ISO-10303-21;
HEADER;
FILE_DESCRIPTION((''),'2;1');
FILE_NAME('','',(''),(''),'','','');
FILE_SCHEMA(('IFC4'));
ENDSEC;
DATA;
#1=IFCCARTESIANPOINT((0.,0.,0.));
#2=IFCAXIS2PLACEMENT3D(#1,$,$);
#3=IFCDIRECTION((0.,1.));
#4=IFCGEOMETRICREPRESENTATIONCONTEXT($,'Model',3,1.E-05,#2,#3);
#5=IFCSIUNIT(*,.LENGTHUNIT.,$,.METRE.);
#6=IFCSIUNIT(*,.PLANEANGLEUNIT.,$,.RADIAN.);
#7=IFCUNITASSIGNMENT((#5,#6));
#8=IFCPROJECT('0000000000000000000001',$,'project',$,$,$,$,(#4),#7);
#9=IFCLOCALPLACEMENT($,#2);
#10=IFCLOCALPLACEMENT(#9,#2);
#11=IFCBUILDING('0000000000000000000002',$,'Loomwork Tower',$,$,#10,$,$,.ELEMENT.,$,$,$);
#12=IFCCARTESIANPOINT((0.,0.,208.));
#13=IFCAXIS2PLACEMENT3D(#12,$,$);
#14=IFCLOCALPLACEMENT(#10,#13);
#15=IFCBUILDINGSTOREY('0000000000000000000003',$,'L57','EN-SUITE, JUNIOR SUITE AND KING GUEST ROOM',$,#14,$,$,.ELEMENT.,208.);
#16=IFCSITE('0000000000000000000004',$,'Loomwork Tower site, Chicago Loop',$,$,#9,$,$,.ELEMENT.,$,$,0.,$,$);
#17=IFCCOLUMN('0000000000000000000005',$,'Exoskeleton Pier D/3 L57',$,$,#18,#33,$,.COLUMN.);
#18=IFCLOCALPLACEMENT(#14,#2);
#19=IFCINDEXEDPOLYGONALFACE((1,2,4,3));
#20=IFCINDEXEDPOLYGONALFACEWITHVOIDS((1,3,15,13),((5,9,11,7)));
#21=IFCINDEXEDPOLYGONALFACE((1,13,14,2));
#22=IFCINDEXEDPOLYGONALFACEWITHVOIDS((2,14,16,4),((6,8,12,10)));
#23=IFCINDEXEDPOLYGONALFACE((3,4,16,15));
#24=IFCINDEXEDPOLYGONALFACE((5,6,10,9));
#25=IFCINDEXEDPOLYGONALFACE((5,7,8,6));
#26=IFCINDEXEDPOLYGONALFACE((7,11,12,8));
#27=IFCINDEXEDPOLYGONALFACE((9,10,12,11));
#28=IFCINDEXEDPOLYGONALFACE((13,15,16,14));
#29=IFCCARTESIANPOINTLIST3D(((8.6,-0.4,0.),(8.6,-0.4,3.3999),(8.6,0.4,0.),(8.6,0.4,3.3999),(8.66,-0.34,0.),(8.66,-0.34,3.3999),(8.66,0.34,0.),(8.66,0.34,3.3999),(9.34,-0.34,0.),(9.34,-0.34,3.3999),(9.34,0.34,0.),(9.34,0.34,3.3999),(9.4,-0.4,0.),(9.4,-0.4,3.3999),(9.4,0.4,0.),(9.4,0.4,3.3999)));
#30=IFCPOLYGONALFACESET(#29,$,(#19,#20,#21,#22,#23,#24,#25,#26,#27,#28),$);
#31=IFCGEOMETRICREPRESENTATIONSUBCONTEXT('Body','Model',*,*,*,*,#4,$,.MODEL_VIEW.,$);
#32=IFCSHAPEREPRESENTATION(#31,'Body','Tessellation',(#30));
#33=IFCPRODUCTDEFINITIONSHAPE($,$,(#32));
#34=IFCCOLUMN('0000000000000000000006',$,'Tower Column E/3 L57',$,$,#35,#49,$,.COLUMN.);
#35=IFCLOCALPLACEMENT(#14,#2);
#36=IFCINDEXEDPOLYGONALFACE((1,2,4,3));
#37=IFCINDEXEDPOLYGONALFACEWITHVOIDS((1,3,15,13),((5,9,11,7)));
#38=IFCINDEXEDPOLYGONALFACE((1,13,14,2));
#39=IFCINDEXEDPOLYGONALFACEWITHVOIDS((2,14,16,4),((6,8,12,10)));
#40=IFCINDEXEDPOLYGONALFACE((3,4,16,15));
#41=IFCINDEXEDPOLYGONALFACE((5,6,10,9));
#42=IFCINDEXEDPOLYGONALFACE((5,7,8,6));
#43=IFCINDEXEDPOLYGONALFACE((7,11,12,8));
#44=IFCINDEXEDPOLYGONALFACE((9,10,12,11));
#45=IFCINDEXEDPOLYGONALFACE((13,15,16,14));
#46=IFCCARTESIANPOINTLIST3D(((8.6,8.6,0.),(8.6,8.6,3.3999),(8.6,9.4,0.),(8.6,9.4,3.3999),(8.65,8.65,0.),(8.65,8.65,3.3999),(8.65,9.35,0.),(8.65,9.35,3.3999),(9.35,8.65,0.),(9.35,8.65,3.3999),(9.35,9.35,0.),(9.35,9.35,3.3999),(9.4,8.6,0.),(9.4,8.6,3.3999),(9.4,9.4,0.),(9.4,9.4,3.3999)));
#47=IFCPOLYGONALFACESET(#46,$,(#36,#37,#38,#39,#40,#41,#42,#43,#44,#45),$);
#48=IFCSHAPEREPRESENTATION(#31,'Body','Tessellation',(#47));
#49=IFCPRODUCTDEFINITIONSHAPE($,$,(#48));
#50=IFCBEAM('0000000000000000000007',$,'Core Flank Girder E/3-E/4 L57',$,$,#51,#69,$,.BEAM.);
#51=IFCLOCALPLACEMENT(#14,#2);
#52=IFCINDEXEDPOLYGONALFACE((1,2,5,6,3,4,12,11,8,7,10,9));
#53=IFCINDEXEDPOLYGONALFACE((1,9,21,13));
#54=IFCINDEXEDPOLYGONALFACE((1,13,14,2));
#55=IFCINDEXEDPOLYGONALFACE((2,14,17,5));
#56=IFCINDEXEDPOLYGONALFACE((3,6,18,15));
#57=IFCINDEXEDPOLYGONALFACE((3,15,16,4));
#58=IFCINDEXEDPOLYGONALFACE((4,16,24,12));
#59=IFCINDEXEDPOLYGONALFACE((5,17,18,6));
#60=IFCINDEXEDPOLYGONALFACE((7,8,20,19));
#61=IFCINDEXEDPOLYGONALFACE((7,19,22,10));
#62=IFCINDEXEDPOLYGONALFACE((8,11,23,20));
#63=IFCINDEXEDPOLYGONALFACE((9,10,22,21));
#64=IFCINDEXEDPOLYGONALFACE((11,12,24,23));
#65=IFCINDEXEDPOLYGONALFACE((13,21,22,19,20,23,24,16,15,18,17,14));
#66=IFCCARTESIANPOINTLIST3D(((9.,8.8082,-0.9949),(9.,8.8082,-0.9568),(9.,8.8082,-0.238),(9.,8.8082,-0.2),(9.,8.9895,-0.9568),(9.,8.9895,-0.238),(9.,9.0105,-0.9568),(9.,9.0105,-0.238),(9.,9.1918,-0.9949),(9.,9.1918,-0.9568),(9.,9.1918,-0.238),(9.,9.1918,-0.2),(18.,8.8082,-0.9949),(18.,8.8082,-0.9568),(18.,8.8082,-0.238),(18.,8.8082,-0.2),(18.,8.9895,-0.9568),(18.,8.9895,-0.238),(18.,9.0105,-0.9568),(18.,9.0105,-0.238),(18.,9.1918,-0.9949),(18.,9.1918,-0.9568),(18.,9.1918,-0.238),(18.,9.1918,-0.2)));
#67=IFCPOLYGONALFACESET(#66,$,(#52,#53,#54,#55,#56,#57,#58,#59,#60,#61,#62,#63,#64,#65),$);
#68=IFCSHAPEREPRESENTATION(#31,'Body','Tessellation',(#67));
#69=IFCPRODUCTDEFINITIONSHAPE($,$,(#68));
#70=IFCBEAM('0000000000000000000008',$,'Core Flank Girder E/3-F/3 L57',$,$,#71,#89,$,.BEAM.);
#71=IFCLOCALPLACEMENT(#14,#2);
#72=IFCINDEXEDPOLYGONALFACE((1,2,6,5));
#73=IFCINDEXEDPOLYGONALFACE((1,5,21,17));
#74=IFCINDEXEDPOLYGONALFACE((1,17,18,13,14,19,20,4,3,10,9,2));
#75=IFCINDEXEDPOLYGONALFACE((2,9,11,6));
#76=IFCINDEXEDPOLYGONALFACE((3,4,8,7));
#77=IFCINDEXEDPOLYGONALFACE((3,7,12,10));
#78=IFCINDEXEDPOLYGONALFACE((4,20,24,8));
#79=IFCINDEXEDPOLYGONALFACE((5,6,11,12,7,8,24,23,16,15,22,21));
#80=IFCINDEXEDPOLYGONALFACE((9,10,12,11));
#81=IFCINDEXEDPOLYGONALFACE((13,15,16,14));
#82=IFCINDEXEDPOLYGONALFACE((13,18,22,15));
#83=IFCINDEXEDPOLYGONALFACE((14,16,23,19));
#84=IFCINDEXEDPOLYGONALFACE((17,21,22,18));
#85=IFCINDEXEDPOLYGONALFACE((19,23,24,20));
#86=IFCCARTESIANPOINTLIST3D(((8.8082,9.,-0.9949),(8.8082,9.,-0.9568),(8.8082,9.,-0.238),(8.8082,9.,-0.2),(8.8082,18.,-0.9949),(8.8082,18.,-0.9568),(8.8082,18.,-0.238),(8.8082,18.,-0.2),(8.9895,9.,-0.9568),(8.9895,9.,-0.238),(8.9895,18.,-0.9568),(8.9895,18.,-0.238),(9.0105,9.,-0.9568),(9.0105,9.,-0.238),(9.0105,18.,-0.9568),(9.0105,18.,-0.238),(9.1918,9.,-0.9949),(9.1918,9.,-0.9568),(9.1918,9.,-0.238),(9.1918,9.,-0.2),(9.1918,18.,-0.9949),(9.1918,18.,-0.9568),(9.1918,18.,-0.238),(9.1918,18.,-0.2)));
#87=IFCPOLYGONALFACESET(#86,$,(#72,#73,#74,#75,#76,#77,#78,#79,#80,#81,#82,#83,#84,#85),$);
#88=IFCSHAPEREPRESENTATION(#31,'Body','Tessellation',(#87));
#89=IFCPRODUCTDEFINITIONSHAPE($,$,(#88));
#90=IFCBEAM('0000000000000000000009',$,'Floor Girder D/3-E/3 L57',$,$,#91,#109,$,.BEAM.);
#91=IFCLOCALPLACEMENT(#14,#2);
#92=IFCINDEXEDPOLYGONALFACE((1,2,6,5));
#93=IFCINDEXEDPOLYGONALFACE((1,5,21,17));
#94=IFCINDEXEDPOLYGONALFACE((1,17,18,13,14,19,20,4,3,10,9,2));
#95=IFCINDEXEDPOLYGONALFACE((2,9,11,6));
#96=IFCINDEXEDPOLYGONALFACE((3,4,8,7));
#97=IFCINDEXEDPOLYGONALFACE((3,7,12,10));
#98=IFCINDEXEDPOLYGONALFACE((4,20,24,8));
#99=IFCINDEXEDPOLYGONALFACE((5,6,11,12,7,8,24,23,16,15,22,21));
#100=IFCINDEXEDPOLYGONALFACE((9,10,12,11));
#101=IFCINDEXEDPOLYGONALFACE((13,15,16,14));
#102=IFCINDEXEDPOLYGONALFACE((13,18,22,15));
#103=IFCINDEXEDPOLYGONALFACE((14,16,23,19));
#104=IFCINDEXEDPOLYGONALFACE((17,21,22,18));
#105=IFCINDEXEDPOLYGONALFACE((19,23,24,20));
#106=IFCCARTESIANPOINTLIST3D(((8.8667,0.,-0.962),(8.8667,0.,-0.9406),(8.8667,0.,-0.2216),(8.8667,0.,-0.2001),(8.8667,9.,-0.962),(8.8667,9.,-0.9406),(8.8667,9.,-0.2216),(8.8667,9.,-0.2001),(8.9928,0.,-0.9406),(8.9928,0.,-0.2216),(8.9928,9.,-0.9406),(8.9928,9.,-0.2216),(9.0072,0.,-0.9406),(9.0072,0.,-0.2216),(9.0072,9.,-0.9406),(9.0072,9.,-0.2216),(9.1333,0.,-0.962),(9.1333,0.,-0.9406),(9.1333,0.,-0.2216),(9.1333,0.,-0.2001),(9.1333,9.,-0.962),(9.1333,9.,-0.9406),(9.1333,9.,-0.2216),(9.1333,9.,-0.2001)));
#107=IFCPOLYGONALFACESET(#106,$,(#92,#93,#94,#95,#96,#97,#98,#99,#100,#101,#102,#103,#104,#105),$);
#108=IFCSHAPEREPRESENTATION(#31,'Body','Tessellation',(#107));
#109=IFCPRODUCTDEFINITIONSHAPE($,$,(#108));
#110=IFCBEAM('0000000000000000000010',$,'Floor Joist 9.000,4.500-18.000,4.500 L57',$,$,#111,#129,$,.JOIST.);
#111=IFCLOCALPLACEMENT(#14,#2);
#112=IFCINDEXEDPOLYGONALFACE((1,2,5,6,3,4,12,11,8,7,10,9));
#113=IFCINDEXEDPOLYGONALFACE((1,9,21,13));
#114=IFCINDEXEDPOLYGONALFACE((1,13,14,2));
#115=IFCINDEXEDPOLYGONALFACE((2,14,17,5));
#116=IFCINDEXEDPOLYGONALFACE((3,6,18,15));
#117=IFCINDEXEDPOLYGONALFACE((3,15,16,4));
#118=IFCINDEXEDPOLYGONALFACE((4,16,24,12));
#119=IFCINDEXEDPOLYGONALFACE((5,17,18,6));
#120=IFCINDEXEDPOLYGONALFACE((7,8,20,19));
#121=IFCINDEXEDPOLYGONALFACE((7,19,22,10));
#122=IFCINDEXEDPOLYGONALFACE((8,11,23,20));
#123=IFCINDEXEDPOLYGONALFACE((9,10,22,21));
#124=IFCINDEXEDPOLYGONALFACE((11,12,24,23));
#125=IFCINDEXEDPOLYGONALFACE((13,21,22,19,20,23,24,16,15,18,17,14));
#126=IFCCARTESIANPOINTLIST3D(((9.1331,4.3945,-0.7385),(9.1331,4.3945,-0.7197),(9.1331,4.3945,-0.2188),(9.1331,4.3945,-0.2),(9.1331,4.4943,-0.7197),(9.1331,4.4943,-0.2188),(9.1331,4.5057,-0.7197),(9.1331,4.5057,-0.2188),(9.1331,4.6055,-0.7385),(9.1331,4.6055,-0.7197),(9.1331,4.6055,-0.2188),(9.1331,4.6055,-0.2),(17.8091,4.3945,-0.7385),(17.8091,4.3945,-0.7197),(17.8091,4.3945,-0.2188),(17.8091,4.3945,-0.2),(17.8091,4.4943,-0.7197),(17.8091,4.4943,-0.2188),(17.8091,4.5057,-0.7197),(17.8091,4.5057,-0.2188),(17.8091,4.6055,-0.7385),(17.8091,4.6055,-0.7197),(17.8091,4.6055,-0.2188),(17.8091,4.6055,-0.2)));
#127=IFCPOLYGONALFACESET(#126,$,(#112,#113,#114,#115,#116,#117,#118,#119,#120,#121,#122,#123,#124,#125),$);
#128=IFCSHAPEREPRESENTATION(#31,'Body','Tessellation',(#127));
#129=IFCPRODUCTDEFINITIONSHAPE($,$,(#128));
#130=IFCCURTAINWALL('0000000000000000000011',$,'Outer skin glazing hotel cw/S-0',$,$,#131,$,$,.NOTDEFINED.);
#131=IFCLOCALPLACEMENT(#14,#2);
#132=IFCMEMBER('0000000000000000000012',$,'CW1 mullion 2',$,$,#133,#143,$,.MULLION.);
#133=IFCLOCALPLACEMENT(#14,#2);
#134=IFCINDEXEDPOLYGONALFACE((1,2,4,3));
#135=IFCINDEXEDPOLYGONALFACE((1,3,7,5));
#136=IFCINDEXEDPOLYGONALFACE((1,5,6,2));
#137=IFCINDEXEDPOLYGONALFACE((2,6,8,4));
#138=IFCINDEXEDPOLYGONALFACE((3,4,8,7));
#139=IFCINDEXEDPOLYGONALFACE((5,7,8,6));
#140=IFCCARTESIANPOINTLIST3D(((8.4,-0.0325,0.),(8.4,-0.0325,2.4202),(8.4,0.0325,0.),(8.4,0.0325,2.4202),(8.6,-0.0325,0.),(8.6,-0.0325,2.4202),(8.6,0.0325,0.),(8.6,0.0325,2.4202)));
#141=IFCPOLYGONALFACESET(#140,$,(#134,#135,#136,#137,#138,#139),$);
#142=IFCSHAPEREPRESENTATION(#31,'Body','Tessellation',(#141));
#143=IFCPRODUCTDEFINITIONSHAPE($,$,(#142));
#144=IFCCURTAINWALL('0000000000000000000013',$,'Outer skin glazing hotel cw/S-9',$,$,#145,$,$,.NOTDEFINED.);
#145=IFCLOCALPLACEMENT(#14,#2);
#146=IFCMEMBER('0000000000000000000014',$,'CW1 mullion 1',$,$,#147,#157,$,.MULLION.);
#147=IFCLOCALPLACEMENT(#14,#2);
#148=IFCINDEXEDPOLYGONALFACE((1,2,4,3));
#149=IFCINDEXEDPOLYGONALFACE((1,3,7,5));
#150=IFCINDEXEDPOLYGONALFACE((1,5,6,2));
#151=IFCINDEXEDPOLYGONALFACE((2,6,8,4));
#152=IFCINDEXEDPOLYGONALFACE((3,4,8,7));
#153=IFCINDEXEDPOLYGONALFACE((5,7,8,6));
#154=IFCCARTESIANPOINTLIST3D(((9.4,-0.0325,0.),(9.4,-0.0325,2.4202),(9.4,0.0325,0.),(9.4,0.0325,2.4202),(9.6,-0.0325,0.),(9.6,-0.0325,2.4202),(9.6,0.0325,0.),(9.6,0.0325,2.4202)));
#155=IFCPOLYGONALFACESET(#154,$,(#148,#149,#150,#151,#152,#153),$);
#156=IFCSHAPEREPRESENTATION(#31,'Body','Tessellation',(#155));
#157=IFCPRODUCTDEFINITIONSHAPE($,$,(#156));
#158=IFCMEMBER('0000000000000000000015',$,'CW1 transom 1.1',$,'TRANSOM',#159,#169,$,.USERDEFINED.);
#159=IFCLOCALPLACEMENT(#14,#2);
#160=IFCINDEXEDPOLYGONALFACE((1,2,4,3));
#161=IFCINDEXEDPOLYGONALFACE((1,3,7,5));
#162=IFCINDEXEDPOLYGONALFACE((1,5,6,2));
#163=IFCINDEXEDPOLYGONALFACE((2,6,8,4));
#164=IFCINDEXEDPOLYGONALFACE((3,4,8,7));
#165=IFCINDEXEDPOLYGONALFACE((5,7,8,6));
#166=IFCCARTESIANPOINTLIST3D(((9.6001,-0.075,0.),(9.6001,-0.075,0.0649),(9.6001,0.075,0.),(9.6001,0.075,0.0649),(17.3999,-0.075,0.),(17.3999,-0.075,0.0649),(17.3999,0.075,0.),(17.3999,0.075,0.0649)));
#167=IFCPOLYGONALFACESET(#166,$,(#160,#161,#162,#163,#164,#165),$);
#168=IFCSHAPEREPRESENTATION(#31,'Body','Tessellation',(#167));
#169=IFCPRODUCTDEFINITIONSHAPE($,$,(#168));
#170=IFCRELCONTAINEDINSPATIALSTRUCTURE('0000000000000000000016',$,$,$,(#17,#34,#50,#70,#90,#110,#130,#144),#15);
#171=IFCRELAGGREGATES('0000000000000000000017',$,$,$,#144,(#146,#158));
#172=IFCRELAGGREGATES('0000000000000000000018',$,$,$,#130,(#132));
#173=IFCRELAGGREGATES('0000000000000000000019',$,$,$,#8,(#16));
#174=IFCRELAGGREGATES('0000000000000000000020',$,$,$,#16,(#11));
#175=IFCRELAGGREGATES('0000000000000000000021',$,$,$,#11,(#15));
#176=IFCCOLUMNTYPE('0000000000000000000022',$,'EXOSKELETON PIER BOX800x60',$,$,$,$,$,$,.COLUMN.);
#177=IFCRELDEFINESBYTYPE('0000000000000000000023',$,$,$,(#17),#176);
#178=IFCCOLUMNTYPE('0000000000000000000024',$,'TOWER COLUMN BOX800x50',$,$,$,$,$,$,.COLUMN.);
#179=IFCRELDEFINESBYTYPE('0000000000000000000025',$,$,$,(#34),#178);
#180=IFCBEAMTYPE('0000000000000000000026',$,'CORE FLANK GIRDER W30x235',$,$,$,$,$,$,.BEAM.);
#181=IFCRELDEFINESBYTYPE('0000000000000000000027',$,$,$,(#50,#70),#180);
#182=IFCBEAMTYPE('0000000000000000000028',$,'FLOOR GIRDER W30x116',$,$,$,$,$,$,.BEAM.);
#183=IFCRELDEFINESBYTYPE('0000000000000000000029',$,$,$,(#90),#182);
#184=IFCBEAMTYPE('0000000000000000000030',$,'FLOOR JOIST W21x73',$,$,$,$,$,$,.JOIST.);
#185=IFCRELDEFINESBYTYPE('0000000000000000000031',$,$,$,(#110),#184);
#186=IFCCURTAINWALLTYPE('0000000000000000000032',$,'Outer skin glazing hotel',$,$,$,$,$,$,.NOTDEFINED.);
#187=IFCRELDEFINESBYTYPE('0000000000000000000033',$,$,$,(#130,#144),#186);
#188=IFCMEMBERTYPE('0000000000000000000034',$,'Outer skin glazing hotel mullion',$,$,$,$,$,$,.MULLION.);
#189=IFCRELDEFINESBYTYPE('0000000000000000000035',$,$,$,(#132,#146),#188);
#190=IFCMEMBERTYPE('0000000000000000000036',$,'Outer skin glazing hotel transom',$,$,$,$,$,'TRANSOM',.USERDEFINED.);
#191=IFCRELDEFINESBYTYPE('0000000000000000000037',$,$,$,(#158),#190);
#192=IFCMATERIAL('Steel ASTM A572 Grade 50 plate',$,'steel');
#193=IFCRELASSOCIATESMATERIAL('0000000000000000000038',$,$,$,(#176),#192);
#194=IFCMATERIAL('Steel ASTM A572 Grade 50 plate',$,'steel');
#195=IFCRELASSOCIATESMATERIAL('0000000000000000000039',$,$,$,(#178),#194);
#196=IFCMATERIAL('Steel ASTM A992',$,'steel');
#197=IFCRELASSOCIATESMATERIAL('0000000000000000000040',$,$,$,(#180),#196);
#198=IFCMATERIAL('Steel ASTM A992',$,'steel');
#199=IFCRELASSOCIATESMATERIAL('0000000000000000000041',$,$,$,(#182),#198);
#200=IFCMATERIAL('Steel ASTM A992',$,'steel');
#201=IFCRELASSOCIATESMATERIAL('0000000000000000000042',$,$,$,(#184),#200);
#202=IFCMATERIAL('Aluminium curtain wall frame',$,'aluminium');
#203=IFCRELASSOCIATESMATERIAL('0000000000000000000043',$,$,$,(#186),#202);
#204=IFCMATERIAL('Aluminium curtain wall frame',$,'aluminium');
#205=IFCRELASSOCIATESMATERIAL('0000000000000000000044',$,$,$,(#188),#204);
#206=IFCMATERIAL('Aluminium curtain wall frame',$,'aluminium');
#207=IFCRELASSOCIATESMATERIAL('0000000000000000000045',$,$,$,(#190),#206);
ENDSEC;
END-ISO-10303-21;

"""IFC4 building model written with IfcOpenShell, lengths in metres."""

from ifc_helpers import new_model, si_unit, direction, frame, origin, origin_2d, place, context, subcontext, project, spatial, rectangle, hollow_rectangle, i_section, extrude, material, material_profile, profile_set, type_object, element, aggregate, save


model = new_model("IFC4")

# Units and contexts
model_context = context("Model", 3, precision=1e-05, world=origin(), true_north=direction((0.0, 1.0)))
body_context = subcontext(model_context, "Body", "Model", "MODEL_VIEW")
ifc_project = project(units=[si_unit("LENGTHUNIT", "METRE"), si_unit("PLANEANGLEUNIT", "RADIAN")], contexts=[model_context])

# Site, building, storey
site_placement = place(None, origin())
site = spatial("IfcSite", under=ifc_project, at=site_placement, Name="Loomwork Tower site, Chicago Loop", CompositionType="ELEMENT", RefElevation=0.0)
building_placement = place(site_placement, origin())
building = spatial("IfcBuilding", under=site, at=building_placement, Name="Loomwork Tower", CompositionType="ELEMENT")
storey_placement = place(building_placement, frame((0.0, 0.0, 208.0)))
storey = spatial("IfcBuildingStorey", under=building, at=storey_placement, Name="L57", Description="EN-SUITE, JUNIOR SUITE AND KING GUEST ROOM", CompositionType="ELEMENT", Elevation=208.0)

# Columns
ifc_material_1 = material(Name="Steel ASTM A572 Grade 50 plate", Category="steel")
ifc_material_profile_1 = material_profile(ifc_material_1, hollow_rectangle(XDim=0.8, YDim=0.8, WallThickness=0.0601, at=origin_2d()), Name="BOX800x60")
ifc_profile_set_1 = profile_set([ifc_material_profile_1], Name="Steel ASTM A572 Grade 50 plate")
column_type_1 = type_object("IfcColumnType", Name="EXOSKELETON PIER BOX800x60", PredefinedType="COLUMN", material=ifc_profile_set_1)
column_1_placement = place(storey_placement, frame((9.0, 0.0, 0.0), z_axis=(0.0, 0.0, 1.0), x_axis=(1.0, 0.0, 0.0)))
element("IfcColumn", 1, at=column_1_placement, inside=storey, type_object=column_type_1, Name="Exoskeleton Pier D/3 L57", PredefinedType="COLUMN", context=body_context, shape_type="SweptSolid", body=[
    extrude(hollow_rectangle(XDim=0.8, YDim=0.8, WallThickness=0.0601, at=origin_2d()), origin(), (0.0, 0.0, 1.0), 3.3999),
])
ifc_material_2 = material(Name="Steel ASTM A572 Grade 50 plate", Category="steel")
ifc_material_profile_2 = material_profile(ifc_material_2, hollow_rectangle(XDim=0.8, YDim=0.8, WallThickness=0.05, at=origin_2d()), Name="BOX800x50")
ifc_profile_set_2 = profile_set([ifc_material_profile_2], Name="Steel ASTM A572 Grade 50 plate")
column_type_2 = type_object("IfcColumnType", Name="TOWER COLUMN BOX800x50", PredefinedType="COLUMN", material=ifc_profile_set_2)
column_2_placement = place(storey_placement, frame((9.0, 9.0, 0.0), z_axis=(0.0, 0.0, 1.0), x_axis=(1.0, 0.0, 0.0)))
element("IfcColumn", 2, at=column_2_placement, inside=storey, type_object=column_type_2, Name="Tower Column E/3 L57", PredefinedType="COLUMN", context=body_context, shape_type="SweptSolid", body=[
    extrude(hollow_rectangle(XDim=0.8, YDim=0.8, WallThickness=0.05, at=origin_2d()), origin(), (0.0, 0.0, 1.0), 3.3999),
])

# Beams
ifc_material_3 = material(Name="Steel ASTM A992", Category="steel")
ifc_material_profile_3 = material_profile(ifc_material_3, i_section(OverallWidth=0.3835, OverallDepth=0.7949, WebThickness=0.021, FlangeThickness=0.0381, at=origin_2d()), Name="W30x235")
ifc_profile_set_3 = profile_set([ifc_material_profile_3], Name="Steel ASTM A992")
beam_type_1 = type_object("IfcBeamType", Name="CORE FLANK GIRDER W30x235", PredefinedType="BEAM", material=ifc_profile_set_3)
for number, where, z_axis, x_axis, name in (
    (3, (9.0, 9.0, -0.5974), (1.0, 0.0, 0.0), (0.0, 1.0, 0.0), "Core Flank Girder E/3-E/4 L57"),
    (4, (9.0, 9.0, -0.5974), (0.0, 1.0, 0.0), (-1.0, 0.0, 0.0), "Core Flank Girder E/3-F/3 L57"),
):
    element("IfcBeam", number, at=place(storey_placement, frame(where, z_axis=z_axis, x_axis=x_axis)), inside=storey, type_object=beam_type_1, Name=name, PredefinedType="BEAM", context=body_context, shape_type="SweptSolid", body=[
        extrude(i_section(OverallWidth=0.3835, OverallDepth=0.7949, WebThickness=0.021, FlangeThickness=0.0381, at=origin_2d()), origin(), (0.0, 0.0, 1.0), 9.0),
    ])
ifc_material_4 = material(Name="Steel ASTM A992", Category="steel")
ifc_material_profile_4 = material_profile(ifc_material_4, i_section(OverallWidth=0.2666, OverallDepth=0.762, WebThickness=0.0144, FlangeThickness=0.0215, at=origin_2d()), Name="W30x116")
ifc_profile_set_4 = profile_set([ifc_material_profile_4], Name="Steel ASTM A992")
beam_type_2 = type_object("IfcBeamType", Name="FLOOR GIRDER W30x116", PredefinedType="BEAM", material=ifc_profile_set_4)
beam_1_placement = place(storey_placement, frame((9.0, 0.0, -0.5811), z_axis=(0.0, 1.0, 0.0), x_axis=(-1.0, 0.0, 0.0)))
element("IfcBeam", 5, at=beam_1_placement, inside=storey, type_object=beam_type_2, Name="Floor Girder D/3-E/3 L57", PredefinedType="BEAM", context=body_context, shape_type="SweptSolid", body=[
    extrude(i_section(OverallWidth=0.2666, OverallDepth=0.762, WebThickness=0.0144, FlangeThickness=0.0215, at=origin_2d()), origin(), (0.0, 0.0, 1.0), 9.0),
])
ifc_material_5 = material(Name="Steel ASTM A992", Category="steel")
ifc_material_profile_5 = material_profile(ifc_material_5, i_section(OverallWidth=0.2109, OverallDepth=0.5386, WebThickness=0.0115, FlangeThickness=0.0188, at=origin_2d()), Name="W21x73")
ifc_profile_set_5 = profile_set([ifc_material_profile_5], Name="Steel ASTM A992")
beam_type_3 = type_object("IfcBeamType", Name="FLOOR JOIST W21x73", PredefinedType="JOIST", material=ifc_profile_set_5)
beam_2_placement = place(storey_placement, frame((9.1331, 4.5, -0.4692), z_axis=(1.0, 0.0, 0.0), x_axis=(0.0, 1.0, 0.0)))
element("IfcBeam", 6, at=beam_2_placement, inside=storey, type_object=beam_type_3, Name="Floor Joist 9.000,4.500-18.000,4.500 L57", PredefinedType="JOIST", context=body_context, shape_type="SweptSolid", body=[
    extrude(i_section(OverallWidth=0.2109, OverallDepth=0.5386, WebThickness=0.0115, FlangeThickness=0.0188, at=origin_2d()), origin(), (0.0, 0.0, 1.0), 8.676),
])

# Curtain wall, member
ifc_material_6 = material(Name="Aluminium curtain wall frame", Category="aluminium")
curtain_wall_type = type_object("IfcCurtainWallType", Name="Outer skin glazing hotel", PredefinedType="NOTDEFINED", material=ifc_material_6)
curtain_wall_1_placement = place(storey_placement, origin())
curtain_wall_1 = element("IfcCurtainWall", 7, at=curtain_wall_1_placement, inside=storey, type_object=curtain_wall_type, Name="Outer skin glazing hotel cw/S-0", PredefinedType="NOTDEFINED")
ifc_material_7 = material(Name="Aluminium curtain wall frame", Category="aluminium")
ifc_material_profile_6 = material_profile(ifc_material_7, rectangle(XDim=0.0649, YDim=0.2, at=origin_2d()), Name="AL 65x200")
ifc_profile_set_6 = profile_set([ifc_material_profile_6], Name="Aluminium curtain wall frame")
member_type_1 = type_object("IfcMemberType", Name="Outer skin glazing hotel mullion", PredefinedType="MULLION", material=ifc_profile_set_6)
member_1_placement = place(storey_placement, frame((8.5, 0.0, 0.0), z_axis=(0.0, 0.0, 1.0), x_axis=(0.0, 1.0, 0.0)))
member_1 = element("IfcMember", 8, at=member_1_placement, type_object=member_type_1, Name="CW1 mullion 2", PredefinedType="MULLION", context=body_context, shape_type="SweptSolid", body=[
    extrude(rectangle(XDim=0.0649, YDim=0.2, at=origin_2d()), origin(), (0.0, 0.0, 1.0), 2.4202),
])

# Curtain wall, members
curtain_wall_2_placement = place(storey_placement, origin())
curtain_wall_2 = element("IfcCurtainWall", 9, at=curtain_wall_2_placement, inside=storey, type_object=curtain_wall_type, Name="Outer skin glazing hotel cw/S-9", PredefinedType="NOTDEFINED")
member_2_placement = place(storey_placement, frame((9.5, 0.0, 0.0), z_axis=(0.0, 0.0, 1.0), x_axis=(0.0, 1.0, 0.0)))
member_2 = element("IfcMember", 10, at=member_2_placement, type_object=member_type_1, Name="CW1 mullion 1", PredefinedType="MULLION", context=body_context, shape_type="SweptSolid", body=[
    extrude(rectangle(XDim=0.0649, YDim=0.2, at=origin_2d()), origin(), (0.0, 0.0, 1.0), 2.4202),
])
ifc_material_8 = material(Name="Aluminium curtain wall frame", Category="aluminium")
ifc_material_profile_7 = material_profile(ifc_material_8, rectangle(XDim=0.1499, YDim=0.0649, at=origin_2d()), Name="AL 65x150")
ifc_profile_set_7 = profile_set([ifc_material_profile_7], Name="Aluminium curtain wall frame")
member_type_2 = type_object("IfcMemberType", Name="Outer skin glazing hotel transom", ElementType="TRANSOM", PredefinedType="USERDEFINED", material=ifc_profile_set_7)
member_3_placement = place(storey_placement, frame((9.6001, 0.0, 0.0325), z_axis=(1.0, 0.0, 0.0), x_axis=(0.0, 1.0, 0.0)))
member_3 = element("IfcMember", 11, at=member_3_placement, type_object=member_type_2, Name="CW1 transom 1.1", ObjectType="TRANSOM", PredefinedType="USERDEFINED", context=body_context, shape_type="SweptSolid", body=[
    extrude(rectangle(XDim=0.1499, YDim=0.0649, at=origin_2d()), origin(), (0.0, 0.0, 1.0), 7.7998),
])
aggregate(curtain_wall_2, [member_2, member_3])

aggregate(curtain_wall_1, [member_1])

save(model, "model.ifc")
